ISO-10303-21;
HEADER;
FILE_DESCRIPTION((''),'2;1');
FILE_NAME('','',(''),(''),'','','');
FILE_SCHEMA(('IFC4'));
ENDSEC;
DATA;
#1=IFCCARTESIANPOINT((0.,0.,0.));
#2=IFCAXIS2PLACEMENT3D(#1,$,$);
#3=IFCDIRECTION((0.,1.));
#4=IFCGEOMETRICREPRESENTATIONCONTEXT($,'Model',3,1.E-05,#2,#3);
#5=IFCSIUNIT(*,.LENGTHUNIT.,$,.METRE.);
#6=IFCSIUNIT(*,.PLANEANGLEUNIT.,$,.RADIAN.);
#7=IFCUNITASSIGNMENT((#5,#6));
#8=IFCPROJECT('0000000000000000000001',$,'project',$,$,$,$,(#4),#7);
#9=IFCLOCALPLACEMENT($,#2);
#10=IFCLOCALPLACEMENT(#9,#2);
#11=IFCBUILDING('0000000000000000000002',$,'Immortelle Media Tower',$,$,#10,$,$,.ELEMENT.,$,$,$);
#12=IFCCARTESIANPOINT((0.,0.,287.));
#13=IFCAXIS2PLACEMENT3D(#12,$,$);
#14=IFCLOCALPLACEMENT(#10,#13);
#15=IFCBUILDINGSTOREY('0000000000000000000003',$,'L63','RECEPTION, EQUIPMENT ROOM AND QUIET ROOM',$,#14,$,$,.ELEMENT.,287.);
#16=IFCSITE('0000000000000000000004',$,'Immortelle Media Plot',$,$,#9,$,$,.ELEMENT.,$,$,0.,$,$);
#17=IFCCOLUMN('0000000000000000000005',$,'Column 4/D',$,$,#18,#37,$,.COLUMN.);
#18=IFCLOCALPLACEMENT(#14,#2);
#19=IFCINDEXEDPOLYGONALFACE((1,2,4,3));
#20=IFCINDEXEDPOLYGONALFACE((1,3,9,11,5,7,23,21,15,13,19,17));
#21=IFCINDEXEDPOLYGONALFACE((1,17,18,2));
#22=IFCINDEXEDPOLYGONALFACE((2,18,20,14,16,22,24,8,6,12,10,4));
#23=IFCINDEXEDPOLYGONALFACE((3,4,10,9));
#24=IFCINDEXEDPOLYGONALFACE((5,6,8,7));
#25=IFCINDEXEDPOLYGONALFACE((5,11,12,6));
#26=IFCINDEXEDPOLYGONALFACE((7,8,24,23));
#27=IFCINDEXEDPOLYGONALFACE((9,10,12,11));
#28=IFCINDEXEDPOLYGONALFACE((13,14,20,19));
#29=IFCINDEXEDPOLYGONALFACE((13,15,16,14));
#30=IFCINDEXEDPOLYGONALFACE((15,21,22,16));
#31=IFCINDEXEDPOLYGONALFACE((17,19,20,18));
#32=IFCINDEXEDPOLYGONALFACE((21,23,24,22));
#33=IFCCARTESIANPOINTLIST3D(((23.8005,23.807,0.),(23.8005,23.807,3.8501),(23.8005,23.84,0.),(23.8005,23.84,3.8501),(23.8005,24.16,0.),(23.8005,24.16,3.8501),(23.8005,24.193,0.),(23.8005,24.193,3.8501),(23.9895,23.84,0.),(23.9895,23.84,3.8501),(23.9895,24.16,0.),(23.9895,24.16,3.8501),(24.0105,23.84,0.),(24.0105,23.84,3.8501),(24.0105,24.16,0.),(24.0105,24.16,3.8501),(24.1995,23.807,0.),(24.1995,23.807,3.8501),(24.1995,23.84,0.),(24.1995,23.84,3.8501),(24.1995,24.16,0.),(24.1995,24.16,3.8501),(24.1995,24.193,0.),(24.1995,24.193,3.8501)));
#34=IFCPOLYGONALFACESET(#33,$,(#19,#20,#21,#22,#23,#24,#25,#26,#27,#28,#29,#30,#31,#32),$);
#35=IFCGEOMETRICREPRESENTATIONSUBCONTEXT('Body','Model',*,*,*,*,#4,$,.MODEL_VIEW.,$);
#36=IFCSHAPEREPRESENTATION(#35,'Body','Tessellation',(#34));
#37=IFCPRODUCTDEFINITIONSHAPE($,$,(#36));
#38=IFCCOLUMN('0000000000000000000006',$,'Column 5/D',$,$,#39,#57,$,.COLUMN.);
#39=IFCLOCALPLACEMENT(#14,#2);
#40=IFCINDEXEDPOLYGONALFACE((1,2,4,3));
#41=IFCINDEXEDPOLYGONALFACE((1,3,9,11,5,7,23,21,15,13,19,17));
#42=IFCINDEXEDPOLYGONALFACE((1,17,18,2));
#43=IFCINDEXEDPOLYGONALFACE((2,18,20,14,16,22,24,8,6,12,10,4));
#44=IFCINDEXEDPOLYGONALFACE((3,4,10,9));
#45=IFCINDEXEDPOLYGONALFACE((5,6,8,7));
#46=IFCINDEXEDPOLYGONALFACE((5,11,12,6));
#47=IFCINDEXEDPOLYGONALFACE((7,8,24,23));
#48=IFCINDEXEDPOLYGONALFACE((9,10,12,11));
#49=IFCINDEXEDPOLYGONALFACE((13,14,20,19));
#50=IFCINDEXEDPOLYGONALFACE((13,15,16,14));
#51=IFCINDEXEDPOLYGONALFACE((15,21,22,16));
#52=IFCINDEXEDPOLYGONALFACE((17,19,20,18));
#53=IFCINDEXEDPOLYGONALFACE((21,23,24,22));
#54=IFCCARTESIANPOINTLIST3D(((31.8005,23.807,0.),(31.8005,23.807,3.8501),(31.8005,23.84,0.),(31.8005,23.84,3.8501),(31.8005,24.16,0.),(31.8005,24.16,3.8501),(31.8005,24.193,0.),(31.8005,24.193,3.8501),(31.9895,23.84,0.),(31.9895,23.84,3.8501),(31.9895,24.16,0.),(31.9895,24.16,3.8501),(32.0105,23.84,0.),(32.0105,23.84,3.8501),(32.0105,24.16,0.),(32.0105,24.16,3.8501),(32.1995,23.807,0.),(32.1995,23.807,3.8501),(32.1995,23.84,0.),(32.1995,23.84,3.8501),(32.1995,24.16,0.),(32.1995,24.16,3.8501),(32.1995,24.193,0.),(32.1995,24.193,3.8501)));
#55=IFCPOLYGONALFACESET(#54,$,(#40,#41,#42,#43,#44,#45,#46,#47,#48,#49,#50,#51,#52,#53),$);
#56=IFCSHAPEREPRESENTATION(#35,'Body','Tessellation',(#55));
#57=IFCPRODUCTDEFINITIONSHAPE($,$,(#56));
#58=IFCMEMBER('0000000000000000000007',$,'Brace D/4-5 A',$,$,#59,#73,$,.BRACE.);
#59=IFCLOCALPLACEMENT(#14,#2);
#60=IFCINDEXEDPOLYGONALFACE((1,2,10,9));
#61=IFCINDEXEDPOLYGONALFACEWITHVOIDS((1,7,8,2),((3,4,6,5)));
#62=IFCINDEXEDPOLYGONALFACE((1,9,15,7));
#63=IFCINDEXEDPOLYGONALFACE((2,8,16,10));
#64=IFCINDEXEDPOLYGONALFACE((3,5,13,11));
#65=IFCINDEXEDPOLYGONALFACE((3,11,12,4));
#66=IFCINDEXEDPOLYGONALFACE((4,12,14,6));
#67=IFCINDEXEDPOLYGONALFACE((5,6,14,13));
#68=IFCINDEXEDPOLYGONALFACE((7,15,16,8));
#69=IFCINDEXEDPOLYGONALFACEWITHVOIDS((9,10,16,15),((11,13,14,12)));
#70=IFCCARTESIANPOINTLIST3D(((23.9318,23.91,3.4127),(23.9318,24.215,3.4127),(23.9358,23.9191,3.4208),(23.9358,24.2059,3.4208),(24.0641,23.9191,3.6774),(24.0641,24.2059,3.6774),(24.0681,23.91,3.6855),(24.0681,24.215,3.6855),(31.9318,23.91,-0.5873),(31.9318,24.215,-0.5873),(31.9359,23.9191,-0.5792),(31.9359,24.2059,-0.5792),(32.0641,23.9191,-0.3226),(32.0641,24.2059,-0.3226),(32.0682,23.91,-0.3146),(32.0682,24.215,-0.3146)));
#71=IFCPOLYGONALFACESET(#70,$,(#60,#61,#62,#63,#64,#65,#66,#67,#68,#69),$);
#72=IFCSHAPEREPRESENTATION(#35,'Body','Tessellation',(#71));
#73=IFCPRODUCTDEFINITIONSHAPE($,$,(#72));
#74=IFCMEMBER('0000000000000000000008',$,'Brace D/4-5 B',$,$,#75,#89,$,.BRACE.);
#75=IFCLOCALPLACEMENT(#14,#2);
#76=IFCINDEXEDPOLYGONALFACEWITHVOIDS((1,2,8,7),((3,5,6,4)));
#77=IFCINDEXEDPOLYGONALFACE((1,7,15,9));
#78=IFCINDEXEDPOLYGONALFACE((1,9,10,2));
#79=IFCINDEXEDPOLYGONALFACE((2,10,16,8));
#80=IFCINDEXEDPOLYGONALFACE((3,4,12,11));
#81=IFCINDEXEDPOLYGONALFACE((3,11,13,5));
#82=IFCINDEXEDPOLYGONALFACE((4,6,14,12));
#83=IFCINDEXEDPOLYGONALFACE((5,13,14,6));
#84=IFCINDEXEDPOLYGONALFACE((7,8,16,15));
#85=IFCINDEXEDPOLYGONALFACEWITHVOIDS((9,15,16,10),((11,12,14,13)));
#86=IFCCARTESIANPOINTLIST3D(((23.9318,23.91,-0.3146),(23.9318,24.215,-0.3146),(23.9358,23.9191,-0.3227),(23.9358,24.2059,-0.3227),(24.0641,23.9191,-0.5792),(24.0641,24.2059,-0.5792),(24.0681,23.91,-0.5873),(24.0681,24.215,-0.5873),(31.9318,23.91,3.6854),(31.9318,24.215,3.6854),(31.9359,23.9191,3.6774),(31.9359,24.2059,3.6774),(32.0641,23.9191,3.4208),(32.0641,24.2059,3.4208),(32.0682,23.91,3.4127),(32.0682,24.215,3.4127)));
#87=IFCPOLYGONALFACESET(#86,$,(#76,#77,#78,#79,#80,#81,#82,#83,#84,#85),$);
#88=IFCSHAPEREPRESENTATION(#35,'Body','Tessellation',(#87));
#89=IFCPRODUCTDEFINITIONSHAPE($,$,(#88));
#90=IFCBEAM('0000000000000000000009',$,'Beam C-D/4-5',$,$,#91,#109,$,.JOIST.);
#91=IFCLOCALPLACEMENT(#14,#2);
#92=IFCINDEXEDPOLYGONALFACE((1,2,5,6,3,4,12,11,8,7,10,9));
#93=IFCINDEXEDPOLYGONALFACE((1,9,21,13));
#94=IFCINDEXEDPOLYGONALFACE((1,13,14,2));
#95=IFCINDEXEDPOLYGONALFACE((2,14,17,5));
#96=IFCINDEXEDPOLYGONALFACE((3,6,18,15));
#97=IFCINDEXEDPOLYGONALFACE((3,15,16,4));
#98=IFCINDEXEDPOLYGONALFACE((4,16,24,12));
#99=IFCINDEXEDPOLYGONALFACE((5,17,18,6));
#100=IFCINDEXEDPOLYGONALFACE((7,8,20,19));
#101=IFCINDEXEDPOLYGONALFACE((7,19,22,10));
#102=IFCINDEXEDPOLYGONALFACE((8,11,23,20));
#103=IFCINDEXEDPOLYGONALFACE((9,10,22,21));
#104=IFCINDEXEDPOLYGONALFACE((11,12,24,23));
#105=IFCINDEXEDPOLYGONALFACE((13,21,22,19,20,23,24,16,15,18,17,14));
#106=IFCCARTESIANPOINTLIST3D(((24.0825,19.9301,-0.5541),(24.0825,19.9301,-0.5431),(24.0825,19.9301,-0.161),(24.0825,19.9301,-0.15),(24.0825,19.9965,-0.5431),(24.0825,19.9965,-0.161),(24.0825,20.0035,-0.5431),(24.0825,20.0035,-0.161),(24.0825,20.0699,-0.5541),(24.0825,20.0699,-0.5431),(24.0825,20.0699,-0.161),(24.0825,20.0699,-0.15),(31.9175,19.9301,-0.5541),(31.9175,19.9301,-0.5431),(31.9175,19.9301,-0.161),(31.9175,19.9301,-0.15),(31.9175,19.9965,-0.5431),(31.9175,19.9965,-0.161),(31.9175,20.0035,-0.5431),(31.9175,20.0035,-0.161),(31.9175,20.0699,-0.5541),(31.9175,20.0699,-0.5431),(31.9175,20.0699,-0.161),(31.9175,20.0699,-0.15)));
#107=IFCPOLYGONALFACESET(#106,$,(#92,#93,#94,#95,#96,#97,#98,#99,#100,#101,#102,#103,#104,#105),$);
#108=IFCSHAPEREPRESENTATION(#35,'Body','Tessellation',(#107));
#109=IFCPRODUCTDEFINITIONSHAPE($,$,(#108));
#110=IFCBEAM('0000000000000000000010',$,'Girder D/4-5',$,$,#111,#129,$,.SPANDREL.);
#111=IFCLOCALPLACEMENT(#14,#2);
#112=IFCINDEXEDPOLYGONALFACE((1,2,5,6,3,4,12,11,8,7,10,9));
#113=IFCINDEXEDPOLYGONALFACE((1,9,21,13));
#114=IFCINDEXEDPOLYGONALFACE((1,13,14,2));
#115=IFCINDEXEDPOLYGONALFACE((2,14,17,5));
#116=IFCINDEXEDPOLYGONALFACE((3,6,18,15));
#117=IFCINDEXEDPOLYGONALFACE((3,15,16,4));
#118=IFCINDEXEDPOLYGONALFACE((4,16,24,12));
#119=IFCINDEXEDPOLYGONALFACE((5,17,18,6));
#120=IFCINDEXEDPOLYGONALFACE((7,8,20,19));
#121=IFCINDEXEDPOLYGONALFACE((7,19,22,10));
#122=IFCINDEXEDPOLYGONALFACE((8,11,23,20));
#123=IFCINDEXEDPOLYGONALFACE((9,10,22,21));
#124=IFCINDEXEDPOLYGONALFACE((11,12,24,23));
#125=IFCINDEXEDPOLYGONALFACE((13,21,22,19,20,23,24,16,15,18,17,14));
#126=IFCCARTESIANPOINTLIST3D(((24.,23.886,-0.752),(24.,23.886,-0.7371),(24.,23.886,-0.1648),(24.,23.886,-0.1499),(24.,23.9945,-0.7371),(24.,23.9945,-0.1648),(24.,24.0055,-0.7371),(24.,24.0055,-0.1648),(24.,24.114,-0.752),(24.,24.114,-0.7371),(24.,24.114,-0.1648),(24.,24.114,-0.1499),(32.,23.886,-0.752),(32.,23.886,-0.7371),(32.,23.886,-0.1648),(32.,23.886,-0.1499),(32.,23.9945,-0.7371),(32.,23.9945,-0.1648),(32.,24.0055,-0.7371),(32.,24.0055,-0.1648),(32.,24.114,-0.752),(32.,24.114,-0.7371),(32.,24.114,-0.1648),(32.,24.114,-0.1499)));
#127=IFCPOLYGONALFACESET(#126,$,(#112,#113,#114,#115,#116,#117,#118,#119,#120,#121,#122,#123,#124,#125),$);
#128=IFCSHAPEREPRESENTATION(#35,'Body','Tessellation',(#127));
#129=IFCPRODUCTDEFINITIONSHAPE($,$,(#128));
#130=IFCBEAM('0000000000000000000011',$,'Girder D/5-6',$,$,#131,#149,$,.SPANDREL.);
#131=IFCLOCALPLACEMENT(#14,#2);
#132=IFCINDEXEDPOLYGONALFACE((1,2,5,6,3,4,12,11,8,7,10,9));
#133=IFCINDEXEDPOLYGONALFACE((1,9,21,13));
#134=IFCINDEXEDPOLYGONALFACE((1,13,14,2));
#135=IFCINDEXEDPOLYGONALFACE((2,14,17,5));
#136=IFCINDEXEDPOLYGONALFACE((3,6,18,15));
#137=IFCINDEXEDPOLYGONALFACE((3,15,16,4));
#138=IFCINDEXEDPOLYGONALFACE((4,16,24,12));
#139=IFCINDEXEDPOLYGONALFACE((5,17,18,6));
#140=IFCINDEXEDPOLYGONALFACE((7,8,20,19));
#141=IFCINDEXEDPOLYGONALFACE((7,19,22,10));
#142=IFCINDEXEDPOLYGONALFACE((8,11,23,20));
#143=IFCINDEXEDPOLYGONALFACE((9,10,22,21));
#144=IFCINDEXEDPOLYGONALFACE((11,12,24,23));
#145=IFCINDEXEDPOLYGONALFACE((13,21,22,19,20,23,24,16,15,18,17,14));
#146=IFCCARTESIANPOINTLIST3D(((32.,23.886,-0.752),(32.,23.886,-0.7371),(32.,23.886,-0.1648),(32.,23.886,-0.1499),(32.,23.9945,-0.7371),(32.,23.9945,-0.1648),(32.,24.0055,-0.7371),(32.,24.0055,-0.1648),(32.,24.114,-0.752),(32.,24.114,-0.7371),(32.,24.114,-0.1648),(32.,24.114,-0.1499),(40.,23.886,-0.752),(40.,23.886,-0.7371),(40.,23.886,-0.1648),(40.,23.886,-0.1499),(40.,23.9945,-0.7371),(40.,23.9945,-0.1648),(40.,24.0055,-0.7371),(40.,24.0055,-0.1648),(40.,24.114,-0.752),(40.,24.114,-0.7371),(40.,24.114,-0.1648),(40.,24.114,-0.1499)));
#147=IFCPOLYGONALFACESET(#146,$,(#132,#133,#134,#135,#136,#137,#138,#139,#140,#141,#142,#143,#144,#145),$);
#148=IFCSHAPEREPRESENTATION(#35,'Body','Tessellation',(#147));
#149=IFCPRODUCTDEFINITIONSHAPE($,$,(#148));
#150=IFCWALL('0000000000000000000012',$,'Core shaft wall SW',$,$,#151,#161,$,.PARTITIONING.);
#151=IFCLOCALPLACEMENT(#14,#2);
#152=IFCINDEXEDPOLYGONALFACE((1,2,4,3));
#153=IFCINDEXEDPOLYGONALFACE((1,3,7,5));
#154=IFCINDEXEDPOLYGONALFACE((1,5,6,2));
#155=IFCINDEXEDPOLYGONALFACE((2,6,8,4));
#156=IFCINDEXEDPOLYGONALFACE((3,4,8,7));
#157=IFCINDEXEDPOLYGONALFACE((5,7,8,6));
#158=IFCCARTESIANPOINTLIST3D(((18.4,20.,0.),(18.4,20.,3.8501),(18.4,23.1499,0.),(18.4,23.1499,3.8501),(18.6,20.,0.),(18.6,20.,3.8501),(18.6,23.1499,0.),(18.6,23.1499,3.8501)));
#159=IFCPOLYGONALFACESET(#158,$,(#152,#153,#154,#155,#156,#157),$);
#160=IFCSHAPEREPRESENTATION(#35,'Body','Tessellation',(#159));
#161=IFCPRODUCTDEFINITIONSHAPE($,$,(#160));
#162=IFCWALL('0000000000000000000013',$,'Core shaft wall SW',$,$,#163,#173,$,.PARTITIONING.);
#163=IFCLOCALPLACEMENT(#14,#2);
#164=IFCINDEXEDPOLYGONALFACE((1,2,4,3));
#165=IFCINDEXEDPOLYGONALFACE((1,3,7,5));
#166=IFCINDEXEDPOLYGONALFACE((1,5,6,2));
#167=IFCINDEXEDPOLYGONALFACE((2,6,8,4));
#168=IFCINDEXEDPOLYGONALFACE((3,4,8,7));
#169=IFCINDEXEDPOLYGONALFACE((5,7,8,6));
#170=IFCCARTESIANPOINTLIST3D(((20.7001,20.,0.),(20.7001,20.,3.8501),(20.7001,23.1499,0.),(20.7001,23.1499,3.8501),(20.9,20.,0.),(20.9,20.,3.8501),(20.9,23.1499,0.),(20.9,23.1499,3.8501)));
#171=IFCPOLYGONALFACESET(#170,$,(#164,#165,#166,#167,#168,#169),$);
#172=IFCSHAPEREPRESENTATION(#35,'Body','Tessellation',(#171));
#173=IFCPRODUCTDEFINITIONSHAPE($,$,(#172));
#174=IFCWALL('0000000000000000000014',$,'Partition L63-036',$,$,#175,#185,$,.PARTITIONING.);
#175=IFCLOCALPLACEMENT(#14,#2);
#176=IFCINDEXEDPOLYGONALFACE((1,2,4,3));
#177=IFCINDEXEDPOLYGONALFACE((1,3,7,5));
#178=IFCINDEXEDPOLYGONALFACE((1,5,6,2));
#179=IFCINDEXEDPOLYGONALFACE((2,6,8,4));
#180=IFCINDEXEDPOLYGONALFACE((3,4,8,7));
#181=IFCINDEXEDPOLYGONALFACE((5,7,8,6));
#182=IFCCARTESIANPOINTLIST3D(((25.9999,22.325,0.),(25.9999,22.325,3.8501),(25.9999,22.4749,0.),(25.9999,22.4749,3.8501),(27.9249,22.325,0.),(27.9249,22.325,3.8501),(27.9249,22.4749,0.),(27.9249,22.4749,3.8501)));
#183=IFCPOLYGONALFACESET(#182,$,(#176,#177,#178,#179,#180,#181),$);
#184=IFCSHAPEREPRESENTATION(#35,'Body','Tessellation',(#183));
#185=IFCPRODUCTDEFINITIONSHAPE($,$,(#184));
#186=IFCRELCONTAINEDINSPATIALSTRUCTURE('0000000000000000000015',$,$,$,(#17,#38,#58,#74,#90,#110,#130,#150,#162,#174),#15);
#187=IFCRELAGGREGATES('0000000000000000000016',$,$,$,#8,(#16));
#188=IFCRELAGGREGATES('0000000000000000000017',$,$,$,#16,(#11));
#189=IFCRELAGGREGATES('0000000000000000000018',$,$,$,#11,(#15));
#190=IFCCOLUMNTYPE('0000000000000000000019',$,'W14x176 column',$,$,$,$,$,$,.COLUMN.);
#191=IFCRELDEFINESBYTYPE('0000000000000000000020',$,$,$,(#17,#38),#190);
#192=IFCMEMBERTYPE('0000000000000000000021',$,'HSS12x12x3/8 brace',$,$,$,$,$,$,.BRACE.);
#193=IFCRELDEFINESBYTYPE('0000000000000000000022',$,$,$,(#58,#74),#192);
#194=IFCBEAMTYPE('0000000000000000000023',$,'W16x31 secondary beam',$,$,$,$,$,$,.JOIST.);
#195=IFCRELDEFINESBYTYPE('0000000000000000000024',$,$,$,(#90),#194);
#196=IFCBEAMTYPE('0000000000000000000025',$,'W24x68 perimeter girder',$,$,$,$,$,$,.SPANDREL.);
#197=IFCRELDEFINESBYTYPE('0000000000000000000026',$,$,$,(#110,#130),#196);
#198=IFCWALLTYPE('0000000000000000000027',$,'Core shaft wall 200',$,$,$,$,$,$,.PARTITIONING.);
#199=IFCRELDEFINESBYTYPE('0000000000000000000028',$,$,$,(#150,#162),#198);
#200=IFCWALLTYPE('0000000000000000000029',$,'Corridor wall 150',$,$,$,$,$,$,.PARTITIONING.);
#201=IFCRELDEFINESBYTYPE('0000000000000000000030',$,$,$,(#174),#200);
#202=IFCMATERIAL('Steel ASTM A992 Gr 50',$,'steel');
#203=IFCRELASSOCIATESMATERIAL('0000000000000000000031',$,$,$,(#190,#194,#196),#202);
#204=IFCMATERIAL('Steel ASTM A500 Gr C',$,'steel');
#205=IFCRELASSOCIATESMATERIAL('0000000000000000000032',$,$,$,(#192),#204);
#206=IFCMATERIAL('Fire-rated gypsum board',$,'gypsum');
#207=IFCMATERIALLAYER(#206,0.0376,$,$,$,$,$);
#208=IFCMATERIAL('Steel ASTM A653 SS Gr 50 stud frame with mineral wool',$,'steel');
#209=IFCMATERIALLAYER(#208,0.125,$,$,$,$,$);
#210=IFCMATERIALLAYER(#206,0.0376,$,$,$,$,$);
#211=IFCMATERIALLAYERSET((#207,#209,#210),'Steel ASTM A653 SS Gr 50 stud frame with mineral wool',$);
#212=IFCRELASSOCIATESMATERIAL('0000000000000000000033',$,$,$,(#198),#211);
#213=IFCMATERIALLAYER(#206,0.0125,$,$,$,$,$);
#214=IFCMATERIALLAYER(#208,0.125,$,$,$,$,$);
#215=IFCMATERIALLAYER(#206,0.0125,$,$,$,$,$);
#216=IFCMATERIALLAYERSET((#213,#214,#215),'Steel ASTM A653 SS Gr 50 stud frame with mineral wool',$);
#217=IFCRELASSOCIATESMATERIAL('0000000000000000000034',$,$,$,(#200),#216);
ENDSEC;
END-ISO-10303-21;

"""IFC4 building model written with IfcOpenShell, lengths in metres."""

from ifc_helpers import new_model, si_unit, direction, frame, frame_2d, origin, origin_2d, place, context, subcontext, project, spatial, rectangle, hollow_rectangle, i_section, extrude, material, layer, layer_set, material_profile, profile_set, type_object, element, save


model = new_model("IFC4")

# Units and contexts
model_context = context("Model", 3, precision=1e-05, world=origin(), true_north=direction((0.0, 1.0)))
body_context = subcontext(model_context, "Body", "Model", "MODEL_VIEW")
ifc_project = project(units=[si_unit("LENGTHUNIT", "METRE"), si_unit("PLANEANGLEUNIT", "RADIAN")], contexts=[model_context])

# Site, building, storey
site_placement = place(None, origin())
site = spatial("IfcSite", under=ifc_project, at=site_placement, Name="Immortelle Media Plot", CompositionType="ELEMENT", RefElevation=0.0)
building_placement = place(site_placement, origin())
building = spatial("IfcBuilding", under=site, at=building_placement, Name="Immortelle Media Tower", CompositionType="ELEMENT")
storey_placement = place(building_placement, frame((0.0, 0.0, 287.0)))
storey = spatial("IfcBuildingStorey", under=building, at=storey_placement, Name="L63", Description="RECEPTION, EQUIPMENT ROOM AND QUIET ROOM", CompositionType="ELEMENT", Elevation=287.0)

# Columns
ifc_material_1 = material(Name="Steel ASTM A992 Gr 50", Category="steel")
ifc_material_profile_1 = material_profile(ifc_material_1, i_section(OverallWidth=0.3989, OverallDepth=0.386, WebThickness=0.021, FlangeThickness=0.033, at=origin_2d()), Name="W14x176")
ifc_profile_set_1 = profile_set([ifc_material_profile_1], Name="Steel ASTM A992 Gr 50")
column_type = type_object("IfcColumnType", Name="W14x176 column", PredefinedType="COLUMN", material=ifc_profile_set_1)
for number, where, z_axis, x_axis, name in (
    (1, (24.0, 24.0, 0.0), (0.0, 0.0, 1.0), (1.0, 0.0, 0.0), "Column 4/D"),
    (2, (32.0, 24.0, 0.0), (0.0, 0.0, 1.0), (1.0, 0.0, 0.0), "Column 5/D"),
):
    element("IfcColumn", number, at=place(storey_placement, frame(where, z_axis=z_axis, x_axis=x_axis)), inside=storey, type_object=column_type, Name=name, PredefinedType="COLUMN", context=body_context, shape_type="SweptSolid", body=[
        extrude(i_section(OverallWidth=0.3989, OverallDepth=0.386, WebThickness=0.021, FlangeThickness=0.033, at=origin_2d()), origin(), (0.0, 0.0, 1.0), 3.8501),
    ])

# Members
ifc_material_2 = material(Name="Steel ASTM A500 Gr C", Category="steel")
ifc_material_profile_2 = material_profile(ifc_material_2, hollow_rectangle(XDim=0.3049, YDim=0.3049, WallThickness=0.009, at=origin_2d()), Name="HSS12x12x3/8 brace")
ifc_profile_set_2 = profile_set([ifc_material_profile_2], Name="Steel ASTM A500 Gr C")
member_type = type_object("IfcMemberType", Name="HSS12x12x3/8 brace", PredefinedType="BRACE", material=ifc_profile_set_2)
for number, where, z_axis, x_axis, name in (
    (3, (32.0, 24.0625, -0.4509), (-0.894427, 0.0, 0.447214), (0.0, -1.0, 0.0), "Brace D/4-5 A"),
    (4, (32.0, 24.0625, 3.5491), (-0.894427, 0.0, -0.447214), (0.0, -1.0, 0.0), "Brace D/4-5 B"),
):
    element("IfcMember", number, at=place(storey_placement, frame(where, z_axis=z_axis, x_axis=x_axis)), inside=storey, type_object=member_type, Name=name, PredefinedType="BRACE", context=body_context, shape_type="SweptSolid", body=[
        extrude(hollow_rectangle(XDim=0.3049, YDim=0.3049, WallThickness=0.009, at=origin_2d()), origin(), (0.0, 0.0, 1.0), 8.9443),
    ])

# Beams
ifc_material_profile_3 = material_profile(ifc_material_1, i_section(OverallWidth=0.1399, OverallDepth=0.4041, WebThickness=0.0071, FlangeThickness=0.011, at=origin_2d()), Name="W16x31")
ifc_profile_set_3 = profile_set([ifc_material_profile_3], Name="Steel ASTM A992 Gr 50")
beam_type_1 = type_object("IfcBeamType", Name="W16x31 secondary beam", PredefinedType="JOIST", material=ifc_profile_set_3)
beam_placement = place(storey_placement, frame((24.0825, 20.0, -0.3521), z_axis=(1.0, 0.0, 0.0), x_axis=(0.0, 1.0, 0.0)))
element("IfcBeam", 5, at=beam_placement, inside=storey, type_object=beam_type_1, Name="Beam C-D/4-5", PredefinedType="JOIST", context=body_context, shape_type="SweptSolid", body=[
    extrude(i_section(OverallWidth=0.1399, OverallDepth=0.4041, WebThickness=0.0071, FlangeThickness=0.011, at=origin_2d()), origin(), (0.0, 0.0, 1.0), 7.835),
])
ifc_material_profile_4 = material_profile(ifc_material_1, i_section(OverallWidth=0.228, OverallDepth=0.6021, WebThickness=0.011, FlangeThickness=0.0149, at=origin_2d()), Name="W24x68")
ifc_profile_set_4 = profile_set([ifc_material_profile_4], Name="Steel ASTM A992 Gr 50")
beam_type_2 = type_object("IfcBeamType", Name="W24x68 perimeter girder", PredefinedType="SPANDREL", material=ifc_profile_set_4)
for number, where, z_axis, x_axis, name in (
    (6, (24.0, 24.0, -0.4509), (1.0, 0.0, 0.0), (0.0, 1.0, 0.0), "Girder D/4-5"),
    (7, (32.0, 24.0, -0.4509), (1.0, 0.0, 0.0), (0.0, 1.0, 0.0), "Girder D/5-6"),
):
    element("IfcBeam", number, at=place(storey_placement, frame(where, z_axis=z_axis, x_axis=x_axis)), inside=storey, type_object=beam_type_2, Name=name, PredefinedType="SPANDREL", context=body_context, shape_type="SweptSolid", body=[
        extrude(i_section(OverallWidth=0.228, OverallDepth=0.6021, WebThickness=0.011, FlangeThickness=0.0149, at=origin_2d()), origin(), (0.0, 0.0, 1.0), 8.0),
    ])

# Walls
ifc_material_3 = material(Name="Fire-rated gypsum board", Category="gypsum")
ifc_layer_1 = layer(ifc_material_3, 0.0376)
ifc_material_4 = material(Name="Steel ASTM A653 SS Gr 50 stud frame with mineral wool", Category="steel")
ifc_layer_2 = layer(ifc_material_4, 0.125)
ifc_layer_3 = layer(ifc_material_3, 0.0376)
ifc_layer_set_1 = layer_set([ifc_layer_1, ifc_layer_2, ifc_layer_3], Name="Steel ASTM A653 SS Gr 50 stud frame with mineral wool")
wall_type_1 = type_object("IfcWallType", Name="Core shaft wall 200", PredefinedType="PARTITIONING", material=ifc_layer_set_1)
for number, where, z_axis, x_axis, name in (
    (8, (18.5, 20.0, 0.0), (0.0, 0.0, 1.0), (0.0, 1.0, 0.0), "Core shaft wall SW"),
    (9, (20.8, 20.0, 0.0), (0.0, 0.0, 1.0), (0.0, 1.0, 0.0), "Core shaft wall SW"),
):
    element("IfcWall", number, at=place(storey_placement, frame(where, z_axis=z_axis, x_axis=x_axis)), inside=storey, type_object=wall_type_1, Name=name, PredefinedType="PARTITIONING", context=body_context, shape_type="SweptSolid", body=[
        extrude(rectangle(XDim=3.1499, YDim=0.2, at=frame_2d((1.575, 0.0))), origin(), (0.0, 0.0, 1.0), 3.8501),
    ])
ifc_layer_4 = layer(ifc_material_3, 0.0125)
ifc_layer_5 = layer(ifc_material_4, 0.125)
ifc_layer_6 = layer(ifc_material_3, 0.0125)
ifc_layer_set_2 = layer_set([ifc_layer_4, ifc_layer_5, ifc_layer_6], Name="Steel ASTM A653 SS Gr 50 stud frame with mineral wool")
wall_type_2 = type_object("IfcWallType", Name="Corridor wall 150", PredefinedType="PARTITIONING", material=ifc_layer_set_2)
wall_1_placement = place(storey_placement, frame((26.0, 22.3999, 0.0), z_axis=(0.0, 0.0, 1.0), x_axis=(1.0, 0.0, 0.0)))
element("IfcWall", 10, at=wall_1_placement, inside=storey, type_object=wall_type_2, Name="Partition L63-036", PredefinedType="PARTITIONING", context=body_context, shape_type="SweptSolid", body=[
    extrude(rectangle(XDim=1.925, YDim=0.1499, at=frame_2d((0.9624, 0.0))), origin(), (0.0, 0.0, 1.0), 3.8501),
])

save(model, "model.ifc")
